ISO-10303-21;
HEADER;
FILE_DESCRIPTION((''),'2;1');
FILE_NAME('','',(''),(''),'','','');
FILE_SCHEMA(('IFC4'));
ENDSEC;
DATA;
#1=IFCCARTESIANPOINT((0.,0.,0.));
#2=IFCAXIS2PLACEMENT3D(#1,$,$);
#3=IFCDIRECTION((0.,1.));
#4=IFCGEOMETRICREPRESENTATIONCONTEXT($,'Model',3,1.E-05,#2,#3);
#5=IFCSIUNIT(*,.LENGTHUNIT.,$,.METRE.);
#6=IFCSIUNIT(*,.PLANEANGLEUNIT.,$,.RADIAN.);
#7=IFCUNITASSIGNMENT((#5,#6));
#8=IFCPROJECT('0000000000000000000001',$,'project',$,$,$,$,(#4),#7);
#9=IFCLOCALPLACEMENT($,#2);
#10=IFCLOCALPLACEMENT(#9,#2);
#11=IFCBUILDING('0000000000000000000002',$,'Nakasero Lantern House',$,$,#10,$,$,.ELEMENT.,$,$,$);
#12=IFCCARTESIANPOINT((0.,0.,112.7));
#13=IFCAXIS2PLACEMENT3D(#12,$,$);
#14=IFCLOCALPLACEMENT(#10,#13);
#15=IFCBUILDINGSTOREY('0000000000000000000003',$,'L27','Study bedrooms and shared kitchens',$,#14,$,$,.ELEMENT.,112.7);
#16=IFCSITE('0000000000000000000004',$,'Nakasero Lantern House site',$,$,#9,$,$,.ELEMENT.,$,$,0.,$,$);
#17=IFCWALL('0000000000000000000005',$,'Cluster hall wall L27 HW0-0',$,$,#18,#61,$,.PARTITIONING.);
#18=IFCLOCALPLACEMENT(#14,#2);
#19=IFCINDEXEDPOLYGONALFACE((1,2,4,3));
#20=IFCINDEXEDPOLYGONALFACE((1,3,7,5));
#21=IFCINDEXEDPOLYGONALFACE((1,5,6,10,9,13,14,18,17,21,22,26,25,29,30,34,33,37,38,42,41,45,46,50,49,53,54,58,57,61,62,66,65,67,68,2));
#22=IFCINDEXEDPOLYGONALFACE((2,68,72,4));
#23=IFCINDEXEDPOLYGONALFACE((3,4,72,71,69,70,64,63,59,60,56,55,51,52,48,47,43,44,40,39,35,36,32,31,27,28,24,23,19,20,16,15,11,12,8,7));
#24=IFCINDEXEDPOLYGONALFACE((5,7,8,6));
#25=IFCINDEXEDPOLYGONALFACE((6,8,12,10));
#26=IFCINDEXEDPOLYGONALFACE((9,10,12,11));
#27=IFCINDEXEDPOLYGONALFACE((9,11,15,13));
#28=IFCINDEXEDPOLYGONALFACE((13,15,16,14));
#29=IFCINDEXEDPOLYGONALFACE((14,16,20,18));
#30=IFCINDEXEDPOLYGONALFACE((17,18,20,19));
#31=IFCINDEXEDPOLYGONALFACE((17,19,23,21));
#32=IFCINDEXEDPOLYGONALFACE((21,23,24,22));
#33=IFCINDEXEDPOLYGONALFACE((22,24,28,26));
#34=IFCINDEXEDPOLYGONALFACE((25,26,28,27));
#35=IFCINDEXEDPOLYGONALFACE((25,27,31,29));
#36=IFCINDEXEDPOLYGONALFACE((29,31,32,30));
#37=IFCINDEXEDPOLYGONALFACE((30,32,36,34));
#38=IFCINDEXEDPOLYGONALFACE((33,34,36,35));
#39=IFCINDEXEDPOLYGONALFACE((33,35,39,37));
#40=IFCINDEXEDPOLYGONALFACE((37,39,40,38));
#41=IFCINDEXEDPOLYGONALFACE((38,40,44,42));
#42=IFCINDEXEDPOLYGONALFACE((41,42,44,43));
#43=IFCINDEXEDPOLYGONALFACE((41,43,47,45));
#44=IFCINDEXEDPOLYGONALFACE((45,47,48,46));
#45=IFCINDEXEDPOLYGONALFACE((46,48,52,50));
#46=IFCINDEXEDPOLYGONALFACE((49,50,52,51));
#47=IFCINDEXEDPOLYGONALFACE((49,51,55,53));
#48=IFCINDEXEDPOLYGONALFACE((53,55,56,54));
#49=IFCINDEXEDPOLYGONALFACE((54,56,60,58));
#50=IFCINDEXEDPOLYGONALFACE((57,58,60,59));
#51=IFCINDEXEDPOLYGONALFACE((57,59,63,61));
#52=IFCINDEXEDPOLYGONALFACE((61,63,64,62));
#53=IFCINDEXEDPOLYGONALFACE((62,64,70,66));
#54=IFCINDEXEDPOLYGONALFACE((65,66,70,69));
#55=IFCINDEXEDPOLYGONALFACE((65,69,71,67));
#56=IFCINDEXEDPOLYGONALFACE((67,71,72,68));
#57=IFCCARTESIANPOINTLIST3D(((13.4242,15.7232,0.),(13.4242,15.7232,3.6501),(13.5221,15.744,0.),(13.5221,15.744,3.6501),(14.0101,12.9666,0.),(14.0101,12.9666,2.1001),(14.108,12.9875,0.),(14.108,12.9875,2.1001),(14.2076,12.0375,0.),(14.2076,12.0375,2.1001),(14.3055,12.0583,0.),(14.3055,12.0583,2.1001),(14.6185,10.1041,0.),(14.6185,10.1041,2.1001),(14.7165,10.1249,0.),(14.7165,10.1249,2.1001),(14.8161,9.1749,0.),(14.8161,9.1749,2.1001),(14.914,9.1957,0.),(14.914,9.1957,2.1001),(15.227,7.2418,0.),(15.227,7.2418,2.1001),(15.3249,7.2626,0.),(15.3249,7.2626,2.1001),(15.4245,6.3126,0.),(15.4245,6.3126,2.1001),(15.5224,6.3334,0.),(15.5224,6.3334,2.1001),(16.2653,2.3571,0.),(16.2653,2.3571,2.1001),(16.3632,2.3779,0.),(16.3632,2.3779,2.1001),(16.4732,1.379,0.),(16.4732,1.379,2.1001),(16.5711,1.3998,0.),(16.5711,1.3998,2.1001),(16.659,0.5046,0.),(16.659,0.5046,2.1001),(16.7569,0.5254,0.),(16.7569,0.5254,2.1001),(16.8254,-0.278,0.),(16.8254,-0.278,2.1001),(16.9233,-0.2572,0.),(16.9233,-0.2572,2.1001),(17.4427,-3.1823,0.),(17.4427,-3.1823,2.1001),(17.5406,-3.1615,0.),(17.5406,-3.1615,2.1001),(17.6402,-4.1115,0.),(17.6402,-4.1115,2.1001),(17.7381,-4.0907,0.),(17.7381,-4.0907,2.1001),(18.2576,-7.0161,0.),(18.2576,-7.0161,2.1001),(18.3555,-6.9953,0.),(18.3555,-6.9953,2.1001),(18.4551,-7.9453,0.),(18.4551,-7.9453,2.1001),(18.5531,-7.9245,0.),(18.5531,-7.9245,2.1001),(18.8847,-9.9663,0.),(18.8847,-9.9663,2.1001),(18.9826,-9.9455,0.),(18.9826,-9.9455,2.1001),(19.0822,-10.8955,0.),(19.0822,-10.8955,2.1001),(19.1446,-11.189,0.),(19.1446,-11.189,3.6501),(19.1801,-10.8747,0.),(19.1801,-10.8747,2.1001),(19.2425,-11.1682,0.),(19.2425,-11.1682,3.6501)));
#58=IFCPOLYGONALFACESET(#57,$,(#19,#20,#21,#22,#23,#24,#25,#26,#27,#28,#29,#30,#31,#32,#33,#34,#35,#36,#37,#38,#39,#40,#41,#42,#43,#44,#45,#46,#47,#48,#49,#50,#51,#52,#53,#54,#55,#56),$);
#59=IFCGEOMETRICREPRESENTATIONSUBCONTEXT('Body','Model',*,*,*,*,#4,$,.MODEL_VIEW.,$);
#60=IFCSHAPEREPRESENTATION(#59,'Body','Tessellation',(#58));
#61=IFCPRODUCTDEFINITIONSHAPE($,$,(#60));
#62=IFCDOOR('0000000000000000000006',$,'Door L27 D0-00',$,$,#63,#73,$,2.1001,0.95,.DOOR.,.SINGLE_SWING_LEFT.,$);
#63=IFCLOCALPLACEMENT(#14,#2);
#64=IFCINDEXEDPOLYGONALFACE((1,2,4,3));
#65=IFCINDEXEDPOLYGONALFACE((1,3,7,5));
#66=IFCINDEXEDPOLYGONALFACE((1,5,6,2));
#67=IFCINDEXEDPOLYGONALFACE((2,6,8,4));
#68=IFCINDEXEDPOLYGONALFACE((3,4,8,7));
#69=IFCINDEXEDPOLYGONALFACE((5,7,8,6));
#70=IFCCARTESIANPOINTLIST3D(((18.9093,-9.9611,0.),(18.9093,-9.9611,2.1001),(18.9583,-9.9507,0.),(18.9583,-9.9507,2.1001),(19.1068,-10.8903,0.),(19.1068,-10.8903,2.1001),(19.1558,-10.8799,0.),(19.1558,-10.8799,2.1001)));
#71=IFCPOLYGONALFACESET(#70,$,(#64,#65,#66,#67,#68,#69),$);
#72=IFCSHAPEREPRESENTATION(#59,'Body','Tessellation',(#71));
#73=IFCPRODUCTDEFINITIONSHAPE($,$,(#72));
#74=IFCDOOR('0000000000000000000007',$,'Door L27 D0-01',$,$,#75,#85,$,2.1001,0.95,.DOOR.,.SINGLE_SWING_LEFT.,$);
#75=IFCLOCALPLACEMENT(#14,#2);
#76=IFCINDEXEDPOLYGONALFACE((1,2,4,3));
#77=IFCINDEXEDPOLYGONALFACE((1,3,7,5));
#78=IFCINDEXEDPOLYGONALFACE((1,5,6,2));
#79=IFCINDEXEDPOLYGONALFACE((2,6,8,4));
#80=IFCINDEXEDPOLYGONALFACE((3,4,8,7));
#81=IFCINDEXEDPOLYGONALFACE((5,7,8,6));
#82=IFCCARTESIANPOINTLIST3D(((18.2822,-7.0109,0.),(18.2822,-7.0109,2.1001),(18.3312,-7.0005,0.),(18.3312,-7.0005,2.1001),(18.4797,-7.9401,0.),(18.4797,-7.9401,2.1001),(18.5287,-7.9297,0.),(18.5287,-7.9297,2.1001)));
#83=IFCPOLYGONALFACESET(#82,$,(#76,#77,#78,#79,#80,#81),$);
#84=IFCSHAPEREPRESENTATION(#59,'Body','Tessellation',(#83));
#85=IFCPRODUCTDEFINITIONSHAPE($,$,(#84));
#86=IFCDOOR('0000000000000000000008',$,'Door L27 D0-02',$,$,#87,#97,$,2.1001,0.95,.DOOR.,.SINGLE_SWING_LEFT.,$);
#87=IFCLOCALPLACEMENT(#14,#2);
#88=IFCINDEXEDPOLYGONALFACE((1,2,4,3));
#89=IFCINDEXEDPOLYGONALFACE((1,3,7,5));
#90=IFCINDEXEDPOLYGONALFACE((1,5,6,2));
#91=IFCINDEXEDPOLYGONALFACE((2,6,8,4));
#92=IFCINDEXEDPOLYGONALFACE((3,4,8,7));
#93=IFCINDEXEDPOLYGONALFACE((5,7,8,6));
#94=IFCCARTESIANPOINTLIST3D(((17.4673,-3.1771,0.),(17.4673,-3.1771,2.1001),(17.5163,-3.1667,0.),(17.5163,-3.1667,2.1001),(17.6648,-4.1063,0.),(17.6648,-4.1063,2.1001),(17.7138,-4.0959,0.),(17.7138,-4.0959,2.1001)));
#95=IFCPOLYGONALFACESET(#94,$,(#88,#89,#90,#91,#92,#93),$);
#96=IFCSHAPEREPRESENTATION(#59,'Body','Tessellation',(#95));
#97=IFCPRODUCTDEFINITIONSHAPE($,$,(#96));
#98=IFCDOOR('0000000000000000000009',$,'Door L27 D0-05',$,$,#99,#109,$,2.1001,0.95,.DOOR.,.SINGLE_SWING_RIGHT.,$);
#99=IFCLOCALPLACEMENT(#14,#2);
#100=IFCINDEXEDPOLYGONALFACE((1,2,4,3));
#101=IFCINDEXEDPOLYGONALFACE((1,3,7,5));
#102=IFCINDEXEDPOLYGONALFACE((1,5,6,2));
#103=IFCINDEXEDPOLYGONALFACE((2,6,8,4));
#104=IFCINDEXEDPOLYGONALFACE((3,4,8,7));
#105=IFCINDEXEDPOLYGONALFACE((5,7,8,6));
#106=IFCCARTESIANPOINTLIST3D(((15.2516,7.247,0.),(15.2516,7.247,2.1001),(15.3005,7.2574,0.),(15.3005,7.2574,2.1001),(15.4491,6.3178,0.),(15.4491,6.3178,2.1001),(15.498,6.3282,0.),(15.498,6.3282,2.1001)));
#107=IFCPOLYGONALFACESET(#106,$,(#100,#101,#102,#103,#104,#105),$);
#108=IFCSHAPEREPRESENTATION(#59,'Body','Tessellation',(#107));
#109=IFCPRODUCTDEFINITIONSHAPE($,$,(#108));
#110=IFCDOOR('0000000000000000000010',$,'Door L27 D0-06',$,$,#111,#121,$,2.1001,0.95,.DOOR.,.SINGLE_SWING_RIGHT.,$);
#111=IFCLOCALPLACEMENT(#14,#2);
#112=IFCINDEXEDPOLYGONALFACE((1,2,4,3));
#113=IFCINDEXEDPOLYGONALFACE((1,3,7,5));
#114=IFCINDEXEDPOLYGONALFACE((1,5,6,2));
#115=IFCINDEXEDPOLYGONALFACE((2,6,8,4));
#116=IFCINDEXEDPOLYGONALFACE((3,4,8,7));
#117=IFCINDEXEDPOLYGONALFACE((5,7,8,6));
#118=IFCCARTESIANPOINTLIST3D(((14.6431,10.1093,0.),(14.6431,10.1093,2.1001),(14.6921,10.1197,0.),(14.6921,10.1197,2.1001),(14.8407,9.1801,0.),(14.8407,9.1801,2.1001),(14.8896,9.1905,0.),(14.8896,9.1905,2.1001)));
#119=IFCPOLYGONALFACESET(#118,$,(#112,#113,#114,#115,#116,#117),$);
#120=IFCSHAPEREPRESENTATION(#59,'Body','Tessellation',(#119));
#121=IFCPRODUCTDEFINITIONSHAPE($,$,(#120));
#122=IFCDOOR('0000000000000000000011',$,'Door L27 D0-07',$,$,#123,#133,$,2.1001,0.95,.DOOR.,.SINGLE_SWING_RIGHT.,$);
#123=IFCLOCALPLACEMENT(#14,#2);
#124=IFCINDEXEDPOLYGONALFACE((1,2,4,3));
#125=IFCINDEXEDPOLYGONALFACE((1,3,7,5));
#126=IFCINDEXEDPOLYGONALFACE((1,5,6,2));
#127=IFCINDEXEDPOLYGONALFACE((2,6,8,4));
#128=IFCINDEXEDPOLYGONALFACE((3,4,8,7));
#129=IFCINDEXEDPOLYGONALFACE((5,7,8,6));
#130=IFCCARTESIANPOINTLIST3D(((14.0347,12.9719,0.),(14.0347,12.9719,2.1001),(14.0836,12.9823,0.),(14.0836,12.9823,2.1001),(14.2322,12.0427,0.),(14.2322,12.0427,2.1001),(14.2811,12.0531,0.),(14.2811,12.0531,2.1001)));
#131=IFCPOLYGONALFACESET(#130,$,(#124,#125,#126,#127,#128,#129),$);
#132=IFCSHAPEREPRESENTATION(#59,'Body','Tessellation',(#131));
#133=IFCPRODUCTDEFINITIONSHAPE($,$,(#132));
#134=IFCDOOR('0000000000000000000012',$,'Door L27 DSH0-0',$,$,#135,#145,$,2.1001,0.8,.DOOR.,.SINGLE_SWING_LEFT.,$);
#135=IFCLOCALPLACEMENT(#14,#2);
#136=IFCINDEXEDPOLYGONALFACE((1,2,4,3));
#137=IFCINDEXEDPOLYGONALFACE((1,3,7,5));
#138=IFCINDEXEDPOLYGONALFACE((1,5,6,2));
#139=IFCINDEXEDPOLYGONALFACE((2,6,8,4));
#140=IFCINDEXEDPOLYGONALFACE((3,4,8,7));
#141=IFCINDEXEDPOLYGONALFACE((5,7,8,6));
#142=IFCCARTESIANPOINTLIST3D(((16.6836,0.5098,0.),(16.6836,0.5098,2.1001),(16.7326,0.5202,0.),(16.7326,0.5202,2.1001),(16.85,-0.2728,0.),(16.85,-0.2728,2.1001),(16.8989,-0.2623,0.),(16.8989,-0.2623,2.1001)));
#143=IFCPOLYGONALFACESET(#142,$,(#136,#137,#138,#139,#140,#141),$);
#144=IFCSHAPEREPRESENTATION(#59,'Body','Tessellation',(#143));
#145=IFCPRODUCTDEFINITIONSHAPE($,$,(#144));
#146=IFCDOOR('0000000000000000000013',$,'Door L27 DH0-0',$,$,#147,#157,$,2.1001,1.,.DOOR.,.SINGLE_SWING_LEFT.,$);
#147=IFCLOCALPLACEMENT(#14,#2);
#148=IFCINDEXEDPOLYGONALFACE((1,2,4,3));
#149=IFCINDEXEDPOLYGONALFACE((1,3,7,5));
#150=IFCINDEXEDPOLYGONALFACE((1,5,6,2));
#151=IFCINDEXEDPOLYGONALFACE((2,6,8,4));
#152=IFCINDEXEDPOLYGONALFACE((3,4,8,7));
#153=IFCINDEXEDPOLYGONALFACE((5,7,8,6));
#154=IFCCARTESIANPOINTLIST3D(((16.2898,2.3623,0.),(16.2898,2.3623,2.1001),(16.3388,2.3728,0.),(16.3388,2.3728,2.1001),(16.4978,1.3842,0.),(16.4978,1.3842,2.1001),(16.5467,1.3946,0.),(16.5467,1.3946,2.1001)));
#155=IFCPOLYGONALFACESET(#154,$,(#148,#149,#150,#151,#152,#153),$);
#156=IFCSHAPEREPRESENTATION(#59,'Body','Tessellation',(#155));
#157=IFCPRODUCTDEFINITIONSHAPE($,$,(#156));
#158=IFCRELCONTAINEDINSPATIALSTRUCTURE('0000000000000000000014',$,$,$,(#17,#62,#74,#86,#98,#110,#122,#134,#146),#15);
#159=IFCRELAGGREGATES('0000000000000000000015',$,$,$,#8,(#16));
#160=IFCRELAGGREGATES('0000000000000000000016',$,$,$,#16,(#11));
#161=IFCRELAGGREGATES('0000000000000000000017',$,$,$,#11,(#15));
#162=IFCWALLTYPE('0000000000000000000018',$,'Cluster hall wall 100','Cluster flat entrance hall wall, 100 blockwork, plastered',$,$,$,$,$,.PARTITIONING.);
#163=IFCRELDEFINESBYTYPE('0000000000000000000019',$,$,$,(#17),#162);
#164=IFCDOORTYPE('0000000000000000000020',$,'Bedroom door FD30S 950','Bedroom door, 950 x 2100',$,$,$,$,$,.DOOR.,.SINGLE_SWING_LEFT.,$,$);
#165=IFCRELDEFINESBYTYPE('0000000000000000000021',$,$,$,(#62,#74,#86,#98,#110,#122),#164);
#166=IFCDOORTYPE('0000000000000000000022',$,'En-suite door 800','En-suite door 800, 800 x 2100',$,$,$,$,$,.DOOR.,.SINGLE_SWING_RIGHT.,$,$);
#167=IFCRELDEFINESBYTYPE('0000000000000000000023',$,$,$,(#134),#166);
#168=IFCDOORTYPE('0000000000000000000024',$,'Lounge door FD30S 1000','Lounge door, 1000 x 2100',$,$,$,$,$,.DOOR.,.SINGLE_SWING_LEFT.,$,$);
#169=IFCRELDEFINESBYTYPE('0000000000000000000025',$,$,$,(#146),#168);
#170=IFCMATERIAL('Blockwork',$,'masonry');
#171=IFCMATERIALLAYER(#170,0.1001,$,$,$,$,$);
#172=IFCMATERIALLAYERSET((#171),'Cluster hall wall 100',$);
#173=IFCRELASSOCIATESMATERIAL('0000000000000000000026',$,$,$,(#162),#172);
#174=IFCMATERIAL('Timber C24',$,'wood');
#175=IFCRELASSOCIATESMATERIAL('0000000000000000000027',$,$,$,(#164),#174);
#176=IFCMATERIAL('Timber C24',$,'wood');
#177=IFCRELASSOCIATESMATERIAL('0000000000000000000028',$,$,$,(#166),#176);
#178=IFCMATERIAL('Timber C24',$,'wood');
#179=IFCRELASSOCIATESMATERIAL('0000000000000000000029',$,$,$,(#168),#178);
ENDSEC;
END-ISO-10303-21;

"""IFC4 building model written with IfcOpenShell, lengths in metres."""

from ifc_helpers import new_model, si_unit, direction, frame, frame_2d, origin, place, context, subcontext, project, spatial, rectangle, extrude, material, layer, layer_set, type_object, element, fill, save


model = new_model("IFC4")

# Units and contexts
model_context = context("Model", 3, precision=1e-05, world=origin(), true_north=direction((0.0, 1.0)))
body_context = subcontext(model_context, "Body", "Model", "MODEL_VIEW")
ifc_project = project(units=[si_unit("LENGTHUNIT", "METRE"), si_unit("PLANEANGLEUNIT", "RADIAN")], contexts=[model_context])

# Site, building, storey
site_placement = place(None, origin())
site = spatial("IfcSite", under=ifc_project, at=site_placement, Name="Nakasero Lantern House site", CompositionType="ELEMENT", RefElevation=0.0)
building_placement = place(site_placement, origin())
building = spatial("IfcBuilding", under=site, at=building_placement, Name="Nakasero Lantern House", CompositionType="ELEMENT")
storey_placement = place(building_placement, frame((0.0, 0.0, 112.7)))
storey = spatial("IfcBuildingStorey", under=building, at=storey_placement, Name="L27", Description="Study bedrooms and shared kitchens", CompositionType="ELEMENT", Elevation=112.7)

# Wall, openings, doors
ifc_material_1 = material(Name="Blockwork", Category="masonry")
ifc_layer_1 = layer(ifc_material_1, 0.1001)
ifc_layer_set_1 = layer_set([ifc_layer_1], Name="Cluster hall wall 100")
wall_type_1 = type_object("IfcWallType", Name="Cluster hall wall 100", Description="Cluster flat entrance hall wall, 100 blockwork, plastered", PredefinedType="PARTITIONING", material=ifc_layer_set_1)
wall_1_placement = place(storey_placement, frame((19.1936, -11.1787, 0.0), z_axis=(0.0, 0.0, 1.0), x_axis=(-0.207916, 0.978147, 0.0)))
wall_1 = element("IfcWall", 1, at=wall_1_placement, inside=storey, type_object=wall_type_1, Name="Cluster hall wall L27 HW0-0", PredefinedType="PARTITIONING", context=body_context, shape_type="SweptSolid", body=[
    extrude(rectangle(XDim=27.5134, YDim=0.1001, at=frame_2d((13.7568, 0.0))), origin(), (0.0, 0.0, 1.0), 3.6501),
])
opening_1_placement = place(wall_1_placement, frame((12.8489, 0.0, 0.0)))
opening_1 = element("IfcOpeningElement", 2, at=opening_1_placement, cuts=wall_1, PredefinedType="OPENING", context=body_context, shape_type="SweptSolid", body=[
    extrude(rectangle(XDim=1.0, YDim=2.1001, at=frame_2d((0.5, 1.05))), frame((0.0, 0.0701, 0.0), z_axis=(0.0, -1.0, 0.0), x_axis=(1.0, 0.0, 0.0)), (0.0, 0.0, 1.0), 0.1401),
])
opening_2_placement = place(wall_1_placement, frame((11.155, 0.0, 0.0)))
opening_2 = element("IfcOpeningElement", 3, at=opening_2_placement, cuts=wall_1, PredefinedType="OPENING", context=body_context, shape_type="SweptSolid", body=[
    extrude(rectangle(XDim=0.8, YDim=2.1001, at=frame_2d((0.3999, 1.05))), frame((0.0, 0.0701, 0.0), z_axis=(0.0, -1.0, 0.0), x_axis=(1.0, 0.0, 0.0)), (0.0, 0.0, 1.0), 0.1401),
])
opening_3_placement = place(wall_1_placement, frame((0.3, 0.0, 0.0)))
opening_3 = element("IfcOpeningElement", 4, at=opening_3_placement, cuts=wall_1, PredefinedType="OPENING", context=body_context, shape_type="SweptSolid", body=[
    extrude(rectangle(XDim=0.95, YDim=2.1001, at=frame_2d((0.4751, 1.05))), frame((0.0, 0.0701, 0.0), z_axis=(0.0, -1.0, 0.0), x_axis=(1.0, 0.0, 0.0)), (0.0, 0.0, 1.0), 0.1401),
])
opening_4_placement = place(wall_1_placement, frame((3.3162, 0.0, 0.0)))
opening_4 = element("IfcOpeningElement", 5, at=opening_4_placement, cuts=wall_1, PredefinedType="OPENING", context=body_context, shape_type="SweptSolid", body=[
    extrude(rectangle(XDim=0.95, YDim=2.1001, at=frame_2d((0.4751, 1.05))), frame((0.0, 0.0701, 0.0), z_axis=(0.0, -1.0, 0.0), x_axis=(1.0, 0.0, 0.0)), (0.0, 0.0, 1.0), 0.1401),
])
opening_5_placement = place(wall_1_placement, frame((7.2356, 0.0, 0.0)))
opening_5 = element("IfcOpeningElement", 6, at=opening_5_placement, cuts=wall_1, PredefinedType="OPENING", context=body_context, shape_type="SweptSolid", body=[
    extrude(rectangle(XDim=0.95, YDim=2.1001, at=frame_2d((0.4751, 1.05))), frame((0.0, 0.0701, 0.0), z_axis=(0.0, -1.0, 0.0), x_axis=(1.0, 0.0, 0.0)), (0.0, 0.0, 1.0), 0.1401),
])
opening_6_placement = place(wall_1_placement, frame((17.8926, 0.0, 0.0)))
opening_6 = element("IfcOpeningElement", 7, at=opening_6_placement, cuts=wall_1, PredefinedType="OPENING", context=body_context, shape_type="SweptSolid", body=[
    extrude(rectangle(XDim=0.95, YDim=2.1001, at=frame_2d((0.4751, 1.05))), frame((0.0, 0.0701, 0.0), z_axis=(0.0, -1.0, 0.0), x_axis=(1.0, 0.0, 0.0)), (0.0, 0.0, 1.0), 0.1401),
])
opening_7_placement = place(wall_1_placement, frame((20.8188, 0.0, 0.0)))
opening_7 = element("IfcOpeningElement", 8, at=opening_7_placement, cuts=wall_1, PredefinedType="OPENING", context=body_context, shape_type="SweptSolid", body=[
    extrude(rectangle(XDim=0.95, YDim=2.1001, at=frame_2d((0.4751, 1.05))), frame((0.0, 0.0701, 0.0), z_axis=(0.0, -1.0, 0.0), x_axis=(1.0, 0.0, 0.0)), (0.0, 0.0, 1.0), 0.1401),
])
opening_8_placement = place(wall_1_placement, frame((23.7454, 0.0, 0.0)))
opening_8 = element("IfcOpeningElement", 9, at=opening_8_placement, cuts=wall_1, PredefinedType="OPENING", context=body_context, shape_type="SweptSolid", body=[
    extrude(rectangle(XDim=0.95, YDim=2.1001, at=frame_2d((0.4751, 1.05))), frame((0.0, 0.0701, 0.0), z_axis=(0.0, -1.0, 0.0), x_axis=(1.0, 0.0, 0.0)), (0.0, 0.0, 1.0), 0.1401),
])
ifc_material_2 = material(Name="Timber C24", Category="wood")
door_type_1 = type_object("IfcDoorType", Name="Bedroom door FD30S 950", Description="Bedroom door, 950 x 2100", OperationType="SINGLE_SWING_LEFT", PredefinedType="DOOR", material=ifc_material_2)
door_1_placement = place(opening_3_placement, origin())
door_1 = element("IfcDoor", 10, at=door_1_placement, inside=storey, type_object=door_type_1, Name="Door L27 D0-00", OperationType="SINGLE_SWING_LEFT", OverallHeight=2.1001, OverallWidth=0.95, PredefinedType="DOOR", context=body_context, shape_type="SweptSolid", body=[
    extrude(rectangle(XDim=0.95, YDim=2.1001, at=frame_2d((0.4751, 1.05))), frame((0.0, 0.0249, 0.0), z_axis=(0.0, -1.0, 0.0), x_axis=(1.0, 0.0, 0.0)), (0.0, 0.0, 1.0), 0.05),
])
fill(opening_3, door_1)
door_2_placement = place(opening_4_placement, origin())
door_2 = element("IfcDoor", 11, at=door_2_placement, inside=storey, type_object=door_type_1, Name="Door L27 D0-01", OperationType="SINGLE_SWING_LEFT", OverallHeight=2.1001, OverallWidth=0.95, PredefinedType="DOOR", context=body_context, shape_type="SweptSolid", body=[
    extrude(rectangle(XDim=0.95, YDim=2.1001, at=frame_2d((0.4751, 1.05))), frame((0.0, 0.0249, 0.0), z_axis=(0.0, -1.0, 0.0), x_axis=(1.0, 0.0, 0.0)), (0.0, 0.0, 1.0), 0.05),
])
fill(opening_4, door_2)
door_3_placement = place(opening_5_placement, origin())
door_3 = element("IfcDoor", 12, at=door_3_placement, inside=storey, type_object=door_type_1, Name="Door L27 D0-02", OperationType="SINGLE_SWING_LEFT", OverallHeight=2.1001, OverallWidth=0.95, PredefinedType="DOOR", context=body_context, shape_type="SweptSolid", body=[
    extrude(rectangle(XDim=0.95, YDim=2.1001, at=frame_2d((0.4751, 1.05))), frame((0.0, 0.0249, 0.0), z_axis=(0.0, -1.0, 0.0), x_axis=(1.0, 0.0, 0.0)), (0.0, 0.0, 1.0), 0.05),
])
fill(opening_5, door_3)
door_4_placement = place(opening_6_placement, origin())
door_4 = element("IfcDoor", 13, at=door_4_placement, inside=storey, type_object=door_type_1, Name="Door L27 D0-05", OperationType="SINGLE_SWING_RIGHT", OverallHeight=2.1001, OverallWidth=0.95, PredefinedType="DOOR", context=body_context, shape_type="SweptSolid", body=[
    extrude(rectangle(XDim=0.95, YDim=2.1001, at=frame_2d((0.4751, 1.05))), frame((0.0, 0.0249, 0.0), z_axis=(0.0, -1.0, 0.0), x_axis=(1.0, 0.0, 0.0)), (0.0, 0.0, 1.0), 0.05),
])
fill(opening_6, door_4)
door_5_placement = place(opening_7_placement, origin())
door_5 = element("IfcDoor", 14, at=door_5_placement, inside=storey, type_object=door_type_1, Name="Door L27 D0-06", OperationType="SINGLE_SWING_RIGHT", OverallHeight=2.1001, OverallWidth=0.95, PredefinedType="DOOR", context=body_context, shape_type="SweptSolid", body=[
    extrude(rectangle(XDim=0.95, YDim=2.1001, at=frame_2d((0.4751, 1.05))), frame((0.0, 0.0249, 0.0), z_axis=(0.0, -1.0, 0.0), x_axis=(1.0, 0.0, 0.0)), (0.0, 0.0, 1.0), 0.05),
])
fill(opening_7, door_5)
door_6_placement = place(opening_8_placement, origin())
door_6 = element("IfcDoor", 15, at=door_6_placement, inside=storey, type_object=door_type_1, Name="Door L27 D0-07", OperationType="SINGLE_SWING_RIGHT", OverallHeight=2.1001, OverallWidth=0.95, PredefinedType="DOOR", context=body_context, shape_type="SweptSolid", body=[
    extrude(rectangle(XDim=0.95, YDim=2.1001, at=frame_2d((0.4751, 1.05))), frame((0.0, 0.0249, 0.0), z_axis=(0.0, -1.0, 0.0), x_axis=(1.0, 0.0, 0.0)), (0.0, 0.0, 1.0), 0.05),
])
fill(opening_8, door_6)
ifc_material_3 = material(Name="Timber C24", Category="wood")
door_type_2 = type_object("IfcDoorType", Name="En-suite door 800", Description="En-suite door 800, 800 x 2100", OperationType="SINGLE_SWING_RIGHT", PredefinedType="DOOR", material=ifc_material_3)
door_7_placement = place(opening_2_placement, origin())
door_7 = element("IfcDoor", 16, at=door_7_placement, inside=storey, type_object=door_type_2, Name="Door L27 DSH0-0", OperationType="SINGLE_SWING_LEFT", OverallHeight=2.1001, OverallWidth=0.8, PredefinedType="DOOR", context=body_context, shape_type="SweptSolid", body=[
    extrude(rectangle(XDim=0.8, YDim=2.1001, at=frame_2d((0.3999, 1.05))), frame((0.0, 0.0249, 0.0), z_axis=(0.0, -1.0, 0.0), x_axis=(1.0, 0.0, 0.0)), (0.0, 0.0, 1.0), 0.05),
])
fill(opening_2, door_7)
ifc_material_4 = material(Name="Timber C24", Category="wood")
door_type_3 = type_object("IfcDoorType", Name="Lounge door FD30S 1000", Description="Lounge door, 1000 x 2100", OperationType="SINGLE_SWING_LEFT", PredefinedType="DOOR", material=ifc_material_4)
door_8_placement = place(opening_1_placement, origin())
door_8 = element("IfcDoor", 17, at=door_8_placement, inside=storey, type_object=door_type_3, Name="Door L27 DH0-0", OperationType="SINGLE_SWING_LEFT", OverallHeight=2.1001, OverallWidth=1.0, PredefinedType="DOOR", context=body_context, shape_type="SweptSolid", body=[
    extrude(rectangle(XDim=1.0, YDim=2.1001, at=frame_2d((0.5, 1.05))), frame((0.0, 0.0249, 0.0), z_axis=(0.0, -1.0, 0.0), x_axis=(1.0, 0.0, 0.0)), (0.0, 0.0, 1.0), 0.05),
])
fill(opening_1, door_8)

save(model, "model.ifc")
